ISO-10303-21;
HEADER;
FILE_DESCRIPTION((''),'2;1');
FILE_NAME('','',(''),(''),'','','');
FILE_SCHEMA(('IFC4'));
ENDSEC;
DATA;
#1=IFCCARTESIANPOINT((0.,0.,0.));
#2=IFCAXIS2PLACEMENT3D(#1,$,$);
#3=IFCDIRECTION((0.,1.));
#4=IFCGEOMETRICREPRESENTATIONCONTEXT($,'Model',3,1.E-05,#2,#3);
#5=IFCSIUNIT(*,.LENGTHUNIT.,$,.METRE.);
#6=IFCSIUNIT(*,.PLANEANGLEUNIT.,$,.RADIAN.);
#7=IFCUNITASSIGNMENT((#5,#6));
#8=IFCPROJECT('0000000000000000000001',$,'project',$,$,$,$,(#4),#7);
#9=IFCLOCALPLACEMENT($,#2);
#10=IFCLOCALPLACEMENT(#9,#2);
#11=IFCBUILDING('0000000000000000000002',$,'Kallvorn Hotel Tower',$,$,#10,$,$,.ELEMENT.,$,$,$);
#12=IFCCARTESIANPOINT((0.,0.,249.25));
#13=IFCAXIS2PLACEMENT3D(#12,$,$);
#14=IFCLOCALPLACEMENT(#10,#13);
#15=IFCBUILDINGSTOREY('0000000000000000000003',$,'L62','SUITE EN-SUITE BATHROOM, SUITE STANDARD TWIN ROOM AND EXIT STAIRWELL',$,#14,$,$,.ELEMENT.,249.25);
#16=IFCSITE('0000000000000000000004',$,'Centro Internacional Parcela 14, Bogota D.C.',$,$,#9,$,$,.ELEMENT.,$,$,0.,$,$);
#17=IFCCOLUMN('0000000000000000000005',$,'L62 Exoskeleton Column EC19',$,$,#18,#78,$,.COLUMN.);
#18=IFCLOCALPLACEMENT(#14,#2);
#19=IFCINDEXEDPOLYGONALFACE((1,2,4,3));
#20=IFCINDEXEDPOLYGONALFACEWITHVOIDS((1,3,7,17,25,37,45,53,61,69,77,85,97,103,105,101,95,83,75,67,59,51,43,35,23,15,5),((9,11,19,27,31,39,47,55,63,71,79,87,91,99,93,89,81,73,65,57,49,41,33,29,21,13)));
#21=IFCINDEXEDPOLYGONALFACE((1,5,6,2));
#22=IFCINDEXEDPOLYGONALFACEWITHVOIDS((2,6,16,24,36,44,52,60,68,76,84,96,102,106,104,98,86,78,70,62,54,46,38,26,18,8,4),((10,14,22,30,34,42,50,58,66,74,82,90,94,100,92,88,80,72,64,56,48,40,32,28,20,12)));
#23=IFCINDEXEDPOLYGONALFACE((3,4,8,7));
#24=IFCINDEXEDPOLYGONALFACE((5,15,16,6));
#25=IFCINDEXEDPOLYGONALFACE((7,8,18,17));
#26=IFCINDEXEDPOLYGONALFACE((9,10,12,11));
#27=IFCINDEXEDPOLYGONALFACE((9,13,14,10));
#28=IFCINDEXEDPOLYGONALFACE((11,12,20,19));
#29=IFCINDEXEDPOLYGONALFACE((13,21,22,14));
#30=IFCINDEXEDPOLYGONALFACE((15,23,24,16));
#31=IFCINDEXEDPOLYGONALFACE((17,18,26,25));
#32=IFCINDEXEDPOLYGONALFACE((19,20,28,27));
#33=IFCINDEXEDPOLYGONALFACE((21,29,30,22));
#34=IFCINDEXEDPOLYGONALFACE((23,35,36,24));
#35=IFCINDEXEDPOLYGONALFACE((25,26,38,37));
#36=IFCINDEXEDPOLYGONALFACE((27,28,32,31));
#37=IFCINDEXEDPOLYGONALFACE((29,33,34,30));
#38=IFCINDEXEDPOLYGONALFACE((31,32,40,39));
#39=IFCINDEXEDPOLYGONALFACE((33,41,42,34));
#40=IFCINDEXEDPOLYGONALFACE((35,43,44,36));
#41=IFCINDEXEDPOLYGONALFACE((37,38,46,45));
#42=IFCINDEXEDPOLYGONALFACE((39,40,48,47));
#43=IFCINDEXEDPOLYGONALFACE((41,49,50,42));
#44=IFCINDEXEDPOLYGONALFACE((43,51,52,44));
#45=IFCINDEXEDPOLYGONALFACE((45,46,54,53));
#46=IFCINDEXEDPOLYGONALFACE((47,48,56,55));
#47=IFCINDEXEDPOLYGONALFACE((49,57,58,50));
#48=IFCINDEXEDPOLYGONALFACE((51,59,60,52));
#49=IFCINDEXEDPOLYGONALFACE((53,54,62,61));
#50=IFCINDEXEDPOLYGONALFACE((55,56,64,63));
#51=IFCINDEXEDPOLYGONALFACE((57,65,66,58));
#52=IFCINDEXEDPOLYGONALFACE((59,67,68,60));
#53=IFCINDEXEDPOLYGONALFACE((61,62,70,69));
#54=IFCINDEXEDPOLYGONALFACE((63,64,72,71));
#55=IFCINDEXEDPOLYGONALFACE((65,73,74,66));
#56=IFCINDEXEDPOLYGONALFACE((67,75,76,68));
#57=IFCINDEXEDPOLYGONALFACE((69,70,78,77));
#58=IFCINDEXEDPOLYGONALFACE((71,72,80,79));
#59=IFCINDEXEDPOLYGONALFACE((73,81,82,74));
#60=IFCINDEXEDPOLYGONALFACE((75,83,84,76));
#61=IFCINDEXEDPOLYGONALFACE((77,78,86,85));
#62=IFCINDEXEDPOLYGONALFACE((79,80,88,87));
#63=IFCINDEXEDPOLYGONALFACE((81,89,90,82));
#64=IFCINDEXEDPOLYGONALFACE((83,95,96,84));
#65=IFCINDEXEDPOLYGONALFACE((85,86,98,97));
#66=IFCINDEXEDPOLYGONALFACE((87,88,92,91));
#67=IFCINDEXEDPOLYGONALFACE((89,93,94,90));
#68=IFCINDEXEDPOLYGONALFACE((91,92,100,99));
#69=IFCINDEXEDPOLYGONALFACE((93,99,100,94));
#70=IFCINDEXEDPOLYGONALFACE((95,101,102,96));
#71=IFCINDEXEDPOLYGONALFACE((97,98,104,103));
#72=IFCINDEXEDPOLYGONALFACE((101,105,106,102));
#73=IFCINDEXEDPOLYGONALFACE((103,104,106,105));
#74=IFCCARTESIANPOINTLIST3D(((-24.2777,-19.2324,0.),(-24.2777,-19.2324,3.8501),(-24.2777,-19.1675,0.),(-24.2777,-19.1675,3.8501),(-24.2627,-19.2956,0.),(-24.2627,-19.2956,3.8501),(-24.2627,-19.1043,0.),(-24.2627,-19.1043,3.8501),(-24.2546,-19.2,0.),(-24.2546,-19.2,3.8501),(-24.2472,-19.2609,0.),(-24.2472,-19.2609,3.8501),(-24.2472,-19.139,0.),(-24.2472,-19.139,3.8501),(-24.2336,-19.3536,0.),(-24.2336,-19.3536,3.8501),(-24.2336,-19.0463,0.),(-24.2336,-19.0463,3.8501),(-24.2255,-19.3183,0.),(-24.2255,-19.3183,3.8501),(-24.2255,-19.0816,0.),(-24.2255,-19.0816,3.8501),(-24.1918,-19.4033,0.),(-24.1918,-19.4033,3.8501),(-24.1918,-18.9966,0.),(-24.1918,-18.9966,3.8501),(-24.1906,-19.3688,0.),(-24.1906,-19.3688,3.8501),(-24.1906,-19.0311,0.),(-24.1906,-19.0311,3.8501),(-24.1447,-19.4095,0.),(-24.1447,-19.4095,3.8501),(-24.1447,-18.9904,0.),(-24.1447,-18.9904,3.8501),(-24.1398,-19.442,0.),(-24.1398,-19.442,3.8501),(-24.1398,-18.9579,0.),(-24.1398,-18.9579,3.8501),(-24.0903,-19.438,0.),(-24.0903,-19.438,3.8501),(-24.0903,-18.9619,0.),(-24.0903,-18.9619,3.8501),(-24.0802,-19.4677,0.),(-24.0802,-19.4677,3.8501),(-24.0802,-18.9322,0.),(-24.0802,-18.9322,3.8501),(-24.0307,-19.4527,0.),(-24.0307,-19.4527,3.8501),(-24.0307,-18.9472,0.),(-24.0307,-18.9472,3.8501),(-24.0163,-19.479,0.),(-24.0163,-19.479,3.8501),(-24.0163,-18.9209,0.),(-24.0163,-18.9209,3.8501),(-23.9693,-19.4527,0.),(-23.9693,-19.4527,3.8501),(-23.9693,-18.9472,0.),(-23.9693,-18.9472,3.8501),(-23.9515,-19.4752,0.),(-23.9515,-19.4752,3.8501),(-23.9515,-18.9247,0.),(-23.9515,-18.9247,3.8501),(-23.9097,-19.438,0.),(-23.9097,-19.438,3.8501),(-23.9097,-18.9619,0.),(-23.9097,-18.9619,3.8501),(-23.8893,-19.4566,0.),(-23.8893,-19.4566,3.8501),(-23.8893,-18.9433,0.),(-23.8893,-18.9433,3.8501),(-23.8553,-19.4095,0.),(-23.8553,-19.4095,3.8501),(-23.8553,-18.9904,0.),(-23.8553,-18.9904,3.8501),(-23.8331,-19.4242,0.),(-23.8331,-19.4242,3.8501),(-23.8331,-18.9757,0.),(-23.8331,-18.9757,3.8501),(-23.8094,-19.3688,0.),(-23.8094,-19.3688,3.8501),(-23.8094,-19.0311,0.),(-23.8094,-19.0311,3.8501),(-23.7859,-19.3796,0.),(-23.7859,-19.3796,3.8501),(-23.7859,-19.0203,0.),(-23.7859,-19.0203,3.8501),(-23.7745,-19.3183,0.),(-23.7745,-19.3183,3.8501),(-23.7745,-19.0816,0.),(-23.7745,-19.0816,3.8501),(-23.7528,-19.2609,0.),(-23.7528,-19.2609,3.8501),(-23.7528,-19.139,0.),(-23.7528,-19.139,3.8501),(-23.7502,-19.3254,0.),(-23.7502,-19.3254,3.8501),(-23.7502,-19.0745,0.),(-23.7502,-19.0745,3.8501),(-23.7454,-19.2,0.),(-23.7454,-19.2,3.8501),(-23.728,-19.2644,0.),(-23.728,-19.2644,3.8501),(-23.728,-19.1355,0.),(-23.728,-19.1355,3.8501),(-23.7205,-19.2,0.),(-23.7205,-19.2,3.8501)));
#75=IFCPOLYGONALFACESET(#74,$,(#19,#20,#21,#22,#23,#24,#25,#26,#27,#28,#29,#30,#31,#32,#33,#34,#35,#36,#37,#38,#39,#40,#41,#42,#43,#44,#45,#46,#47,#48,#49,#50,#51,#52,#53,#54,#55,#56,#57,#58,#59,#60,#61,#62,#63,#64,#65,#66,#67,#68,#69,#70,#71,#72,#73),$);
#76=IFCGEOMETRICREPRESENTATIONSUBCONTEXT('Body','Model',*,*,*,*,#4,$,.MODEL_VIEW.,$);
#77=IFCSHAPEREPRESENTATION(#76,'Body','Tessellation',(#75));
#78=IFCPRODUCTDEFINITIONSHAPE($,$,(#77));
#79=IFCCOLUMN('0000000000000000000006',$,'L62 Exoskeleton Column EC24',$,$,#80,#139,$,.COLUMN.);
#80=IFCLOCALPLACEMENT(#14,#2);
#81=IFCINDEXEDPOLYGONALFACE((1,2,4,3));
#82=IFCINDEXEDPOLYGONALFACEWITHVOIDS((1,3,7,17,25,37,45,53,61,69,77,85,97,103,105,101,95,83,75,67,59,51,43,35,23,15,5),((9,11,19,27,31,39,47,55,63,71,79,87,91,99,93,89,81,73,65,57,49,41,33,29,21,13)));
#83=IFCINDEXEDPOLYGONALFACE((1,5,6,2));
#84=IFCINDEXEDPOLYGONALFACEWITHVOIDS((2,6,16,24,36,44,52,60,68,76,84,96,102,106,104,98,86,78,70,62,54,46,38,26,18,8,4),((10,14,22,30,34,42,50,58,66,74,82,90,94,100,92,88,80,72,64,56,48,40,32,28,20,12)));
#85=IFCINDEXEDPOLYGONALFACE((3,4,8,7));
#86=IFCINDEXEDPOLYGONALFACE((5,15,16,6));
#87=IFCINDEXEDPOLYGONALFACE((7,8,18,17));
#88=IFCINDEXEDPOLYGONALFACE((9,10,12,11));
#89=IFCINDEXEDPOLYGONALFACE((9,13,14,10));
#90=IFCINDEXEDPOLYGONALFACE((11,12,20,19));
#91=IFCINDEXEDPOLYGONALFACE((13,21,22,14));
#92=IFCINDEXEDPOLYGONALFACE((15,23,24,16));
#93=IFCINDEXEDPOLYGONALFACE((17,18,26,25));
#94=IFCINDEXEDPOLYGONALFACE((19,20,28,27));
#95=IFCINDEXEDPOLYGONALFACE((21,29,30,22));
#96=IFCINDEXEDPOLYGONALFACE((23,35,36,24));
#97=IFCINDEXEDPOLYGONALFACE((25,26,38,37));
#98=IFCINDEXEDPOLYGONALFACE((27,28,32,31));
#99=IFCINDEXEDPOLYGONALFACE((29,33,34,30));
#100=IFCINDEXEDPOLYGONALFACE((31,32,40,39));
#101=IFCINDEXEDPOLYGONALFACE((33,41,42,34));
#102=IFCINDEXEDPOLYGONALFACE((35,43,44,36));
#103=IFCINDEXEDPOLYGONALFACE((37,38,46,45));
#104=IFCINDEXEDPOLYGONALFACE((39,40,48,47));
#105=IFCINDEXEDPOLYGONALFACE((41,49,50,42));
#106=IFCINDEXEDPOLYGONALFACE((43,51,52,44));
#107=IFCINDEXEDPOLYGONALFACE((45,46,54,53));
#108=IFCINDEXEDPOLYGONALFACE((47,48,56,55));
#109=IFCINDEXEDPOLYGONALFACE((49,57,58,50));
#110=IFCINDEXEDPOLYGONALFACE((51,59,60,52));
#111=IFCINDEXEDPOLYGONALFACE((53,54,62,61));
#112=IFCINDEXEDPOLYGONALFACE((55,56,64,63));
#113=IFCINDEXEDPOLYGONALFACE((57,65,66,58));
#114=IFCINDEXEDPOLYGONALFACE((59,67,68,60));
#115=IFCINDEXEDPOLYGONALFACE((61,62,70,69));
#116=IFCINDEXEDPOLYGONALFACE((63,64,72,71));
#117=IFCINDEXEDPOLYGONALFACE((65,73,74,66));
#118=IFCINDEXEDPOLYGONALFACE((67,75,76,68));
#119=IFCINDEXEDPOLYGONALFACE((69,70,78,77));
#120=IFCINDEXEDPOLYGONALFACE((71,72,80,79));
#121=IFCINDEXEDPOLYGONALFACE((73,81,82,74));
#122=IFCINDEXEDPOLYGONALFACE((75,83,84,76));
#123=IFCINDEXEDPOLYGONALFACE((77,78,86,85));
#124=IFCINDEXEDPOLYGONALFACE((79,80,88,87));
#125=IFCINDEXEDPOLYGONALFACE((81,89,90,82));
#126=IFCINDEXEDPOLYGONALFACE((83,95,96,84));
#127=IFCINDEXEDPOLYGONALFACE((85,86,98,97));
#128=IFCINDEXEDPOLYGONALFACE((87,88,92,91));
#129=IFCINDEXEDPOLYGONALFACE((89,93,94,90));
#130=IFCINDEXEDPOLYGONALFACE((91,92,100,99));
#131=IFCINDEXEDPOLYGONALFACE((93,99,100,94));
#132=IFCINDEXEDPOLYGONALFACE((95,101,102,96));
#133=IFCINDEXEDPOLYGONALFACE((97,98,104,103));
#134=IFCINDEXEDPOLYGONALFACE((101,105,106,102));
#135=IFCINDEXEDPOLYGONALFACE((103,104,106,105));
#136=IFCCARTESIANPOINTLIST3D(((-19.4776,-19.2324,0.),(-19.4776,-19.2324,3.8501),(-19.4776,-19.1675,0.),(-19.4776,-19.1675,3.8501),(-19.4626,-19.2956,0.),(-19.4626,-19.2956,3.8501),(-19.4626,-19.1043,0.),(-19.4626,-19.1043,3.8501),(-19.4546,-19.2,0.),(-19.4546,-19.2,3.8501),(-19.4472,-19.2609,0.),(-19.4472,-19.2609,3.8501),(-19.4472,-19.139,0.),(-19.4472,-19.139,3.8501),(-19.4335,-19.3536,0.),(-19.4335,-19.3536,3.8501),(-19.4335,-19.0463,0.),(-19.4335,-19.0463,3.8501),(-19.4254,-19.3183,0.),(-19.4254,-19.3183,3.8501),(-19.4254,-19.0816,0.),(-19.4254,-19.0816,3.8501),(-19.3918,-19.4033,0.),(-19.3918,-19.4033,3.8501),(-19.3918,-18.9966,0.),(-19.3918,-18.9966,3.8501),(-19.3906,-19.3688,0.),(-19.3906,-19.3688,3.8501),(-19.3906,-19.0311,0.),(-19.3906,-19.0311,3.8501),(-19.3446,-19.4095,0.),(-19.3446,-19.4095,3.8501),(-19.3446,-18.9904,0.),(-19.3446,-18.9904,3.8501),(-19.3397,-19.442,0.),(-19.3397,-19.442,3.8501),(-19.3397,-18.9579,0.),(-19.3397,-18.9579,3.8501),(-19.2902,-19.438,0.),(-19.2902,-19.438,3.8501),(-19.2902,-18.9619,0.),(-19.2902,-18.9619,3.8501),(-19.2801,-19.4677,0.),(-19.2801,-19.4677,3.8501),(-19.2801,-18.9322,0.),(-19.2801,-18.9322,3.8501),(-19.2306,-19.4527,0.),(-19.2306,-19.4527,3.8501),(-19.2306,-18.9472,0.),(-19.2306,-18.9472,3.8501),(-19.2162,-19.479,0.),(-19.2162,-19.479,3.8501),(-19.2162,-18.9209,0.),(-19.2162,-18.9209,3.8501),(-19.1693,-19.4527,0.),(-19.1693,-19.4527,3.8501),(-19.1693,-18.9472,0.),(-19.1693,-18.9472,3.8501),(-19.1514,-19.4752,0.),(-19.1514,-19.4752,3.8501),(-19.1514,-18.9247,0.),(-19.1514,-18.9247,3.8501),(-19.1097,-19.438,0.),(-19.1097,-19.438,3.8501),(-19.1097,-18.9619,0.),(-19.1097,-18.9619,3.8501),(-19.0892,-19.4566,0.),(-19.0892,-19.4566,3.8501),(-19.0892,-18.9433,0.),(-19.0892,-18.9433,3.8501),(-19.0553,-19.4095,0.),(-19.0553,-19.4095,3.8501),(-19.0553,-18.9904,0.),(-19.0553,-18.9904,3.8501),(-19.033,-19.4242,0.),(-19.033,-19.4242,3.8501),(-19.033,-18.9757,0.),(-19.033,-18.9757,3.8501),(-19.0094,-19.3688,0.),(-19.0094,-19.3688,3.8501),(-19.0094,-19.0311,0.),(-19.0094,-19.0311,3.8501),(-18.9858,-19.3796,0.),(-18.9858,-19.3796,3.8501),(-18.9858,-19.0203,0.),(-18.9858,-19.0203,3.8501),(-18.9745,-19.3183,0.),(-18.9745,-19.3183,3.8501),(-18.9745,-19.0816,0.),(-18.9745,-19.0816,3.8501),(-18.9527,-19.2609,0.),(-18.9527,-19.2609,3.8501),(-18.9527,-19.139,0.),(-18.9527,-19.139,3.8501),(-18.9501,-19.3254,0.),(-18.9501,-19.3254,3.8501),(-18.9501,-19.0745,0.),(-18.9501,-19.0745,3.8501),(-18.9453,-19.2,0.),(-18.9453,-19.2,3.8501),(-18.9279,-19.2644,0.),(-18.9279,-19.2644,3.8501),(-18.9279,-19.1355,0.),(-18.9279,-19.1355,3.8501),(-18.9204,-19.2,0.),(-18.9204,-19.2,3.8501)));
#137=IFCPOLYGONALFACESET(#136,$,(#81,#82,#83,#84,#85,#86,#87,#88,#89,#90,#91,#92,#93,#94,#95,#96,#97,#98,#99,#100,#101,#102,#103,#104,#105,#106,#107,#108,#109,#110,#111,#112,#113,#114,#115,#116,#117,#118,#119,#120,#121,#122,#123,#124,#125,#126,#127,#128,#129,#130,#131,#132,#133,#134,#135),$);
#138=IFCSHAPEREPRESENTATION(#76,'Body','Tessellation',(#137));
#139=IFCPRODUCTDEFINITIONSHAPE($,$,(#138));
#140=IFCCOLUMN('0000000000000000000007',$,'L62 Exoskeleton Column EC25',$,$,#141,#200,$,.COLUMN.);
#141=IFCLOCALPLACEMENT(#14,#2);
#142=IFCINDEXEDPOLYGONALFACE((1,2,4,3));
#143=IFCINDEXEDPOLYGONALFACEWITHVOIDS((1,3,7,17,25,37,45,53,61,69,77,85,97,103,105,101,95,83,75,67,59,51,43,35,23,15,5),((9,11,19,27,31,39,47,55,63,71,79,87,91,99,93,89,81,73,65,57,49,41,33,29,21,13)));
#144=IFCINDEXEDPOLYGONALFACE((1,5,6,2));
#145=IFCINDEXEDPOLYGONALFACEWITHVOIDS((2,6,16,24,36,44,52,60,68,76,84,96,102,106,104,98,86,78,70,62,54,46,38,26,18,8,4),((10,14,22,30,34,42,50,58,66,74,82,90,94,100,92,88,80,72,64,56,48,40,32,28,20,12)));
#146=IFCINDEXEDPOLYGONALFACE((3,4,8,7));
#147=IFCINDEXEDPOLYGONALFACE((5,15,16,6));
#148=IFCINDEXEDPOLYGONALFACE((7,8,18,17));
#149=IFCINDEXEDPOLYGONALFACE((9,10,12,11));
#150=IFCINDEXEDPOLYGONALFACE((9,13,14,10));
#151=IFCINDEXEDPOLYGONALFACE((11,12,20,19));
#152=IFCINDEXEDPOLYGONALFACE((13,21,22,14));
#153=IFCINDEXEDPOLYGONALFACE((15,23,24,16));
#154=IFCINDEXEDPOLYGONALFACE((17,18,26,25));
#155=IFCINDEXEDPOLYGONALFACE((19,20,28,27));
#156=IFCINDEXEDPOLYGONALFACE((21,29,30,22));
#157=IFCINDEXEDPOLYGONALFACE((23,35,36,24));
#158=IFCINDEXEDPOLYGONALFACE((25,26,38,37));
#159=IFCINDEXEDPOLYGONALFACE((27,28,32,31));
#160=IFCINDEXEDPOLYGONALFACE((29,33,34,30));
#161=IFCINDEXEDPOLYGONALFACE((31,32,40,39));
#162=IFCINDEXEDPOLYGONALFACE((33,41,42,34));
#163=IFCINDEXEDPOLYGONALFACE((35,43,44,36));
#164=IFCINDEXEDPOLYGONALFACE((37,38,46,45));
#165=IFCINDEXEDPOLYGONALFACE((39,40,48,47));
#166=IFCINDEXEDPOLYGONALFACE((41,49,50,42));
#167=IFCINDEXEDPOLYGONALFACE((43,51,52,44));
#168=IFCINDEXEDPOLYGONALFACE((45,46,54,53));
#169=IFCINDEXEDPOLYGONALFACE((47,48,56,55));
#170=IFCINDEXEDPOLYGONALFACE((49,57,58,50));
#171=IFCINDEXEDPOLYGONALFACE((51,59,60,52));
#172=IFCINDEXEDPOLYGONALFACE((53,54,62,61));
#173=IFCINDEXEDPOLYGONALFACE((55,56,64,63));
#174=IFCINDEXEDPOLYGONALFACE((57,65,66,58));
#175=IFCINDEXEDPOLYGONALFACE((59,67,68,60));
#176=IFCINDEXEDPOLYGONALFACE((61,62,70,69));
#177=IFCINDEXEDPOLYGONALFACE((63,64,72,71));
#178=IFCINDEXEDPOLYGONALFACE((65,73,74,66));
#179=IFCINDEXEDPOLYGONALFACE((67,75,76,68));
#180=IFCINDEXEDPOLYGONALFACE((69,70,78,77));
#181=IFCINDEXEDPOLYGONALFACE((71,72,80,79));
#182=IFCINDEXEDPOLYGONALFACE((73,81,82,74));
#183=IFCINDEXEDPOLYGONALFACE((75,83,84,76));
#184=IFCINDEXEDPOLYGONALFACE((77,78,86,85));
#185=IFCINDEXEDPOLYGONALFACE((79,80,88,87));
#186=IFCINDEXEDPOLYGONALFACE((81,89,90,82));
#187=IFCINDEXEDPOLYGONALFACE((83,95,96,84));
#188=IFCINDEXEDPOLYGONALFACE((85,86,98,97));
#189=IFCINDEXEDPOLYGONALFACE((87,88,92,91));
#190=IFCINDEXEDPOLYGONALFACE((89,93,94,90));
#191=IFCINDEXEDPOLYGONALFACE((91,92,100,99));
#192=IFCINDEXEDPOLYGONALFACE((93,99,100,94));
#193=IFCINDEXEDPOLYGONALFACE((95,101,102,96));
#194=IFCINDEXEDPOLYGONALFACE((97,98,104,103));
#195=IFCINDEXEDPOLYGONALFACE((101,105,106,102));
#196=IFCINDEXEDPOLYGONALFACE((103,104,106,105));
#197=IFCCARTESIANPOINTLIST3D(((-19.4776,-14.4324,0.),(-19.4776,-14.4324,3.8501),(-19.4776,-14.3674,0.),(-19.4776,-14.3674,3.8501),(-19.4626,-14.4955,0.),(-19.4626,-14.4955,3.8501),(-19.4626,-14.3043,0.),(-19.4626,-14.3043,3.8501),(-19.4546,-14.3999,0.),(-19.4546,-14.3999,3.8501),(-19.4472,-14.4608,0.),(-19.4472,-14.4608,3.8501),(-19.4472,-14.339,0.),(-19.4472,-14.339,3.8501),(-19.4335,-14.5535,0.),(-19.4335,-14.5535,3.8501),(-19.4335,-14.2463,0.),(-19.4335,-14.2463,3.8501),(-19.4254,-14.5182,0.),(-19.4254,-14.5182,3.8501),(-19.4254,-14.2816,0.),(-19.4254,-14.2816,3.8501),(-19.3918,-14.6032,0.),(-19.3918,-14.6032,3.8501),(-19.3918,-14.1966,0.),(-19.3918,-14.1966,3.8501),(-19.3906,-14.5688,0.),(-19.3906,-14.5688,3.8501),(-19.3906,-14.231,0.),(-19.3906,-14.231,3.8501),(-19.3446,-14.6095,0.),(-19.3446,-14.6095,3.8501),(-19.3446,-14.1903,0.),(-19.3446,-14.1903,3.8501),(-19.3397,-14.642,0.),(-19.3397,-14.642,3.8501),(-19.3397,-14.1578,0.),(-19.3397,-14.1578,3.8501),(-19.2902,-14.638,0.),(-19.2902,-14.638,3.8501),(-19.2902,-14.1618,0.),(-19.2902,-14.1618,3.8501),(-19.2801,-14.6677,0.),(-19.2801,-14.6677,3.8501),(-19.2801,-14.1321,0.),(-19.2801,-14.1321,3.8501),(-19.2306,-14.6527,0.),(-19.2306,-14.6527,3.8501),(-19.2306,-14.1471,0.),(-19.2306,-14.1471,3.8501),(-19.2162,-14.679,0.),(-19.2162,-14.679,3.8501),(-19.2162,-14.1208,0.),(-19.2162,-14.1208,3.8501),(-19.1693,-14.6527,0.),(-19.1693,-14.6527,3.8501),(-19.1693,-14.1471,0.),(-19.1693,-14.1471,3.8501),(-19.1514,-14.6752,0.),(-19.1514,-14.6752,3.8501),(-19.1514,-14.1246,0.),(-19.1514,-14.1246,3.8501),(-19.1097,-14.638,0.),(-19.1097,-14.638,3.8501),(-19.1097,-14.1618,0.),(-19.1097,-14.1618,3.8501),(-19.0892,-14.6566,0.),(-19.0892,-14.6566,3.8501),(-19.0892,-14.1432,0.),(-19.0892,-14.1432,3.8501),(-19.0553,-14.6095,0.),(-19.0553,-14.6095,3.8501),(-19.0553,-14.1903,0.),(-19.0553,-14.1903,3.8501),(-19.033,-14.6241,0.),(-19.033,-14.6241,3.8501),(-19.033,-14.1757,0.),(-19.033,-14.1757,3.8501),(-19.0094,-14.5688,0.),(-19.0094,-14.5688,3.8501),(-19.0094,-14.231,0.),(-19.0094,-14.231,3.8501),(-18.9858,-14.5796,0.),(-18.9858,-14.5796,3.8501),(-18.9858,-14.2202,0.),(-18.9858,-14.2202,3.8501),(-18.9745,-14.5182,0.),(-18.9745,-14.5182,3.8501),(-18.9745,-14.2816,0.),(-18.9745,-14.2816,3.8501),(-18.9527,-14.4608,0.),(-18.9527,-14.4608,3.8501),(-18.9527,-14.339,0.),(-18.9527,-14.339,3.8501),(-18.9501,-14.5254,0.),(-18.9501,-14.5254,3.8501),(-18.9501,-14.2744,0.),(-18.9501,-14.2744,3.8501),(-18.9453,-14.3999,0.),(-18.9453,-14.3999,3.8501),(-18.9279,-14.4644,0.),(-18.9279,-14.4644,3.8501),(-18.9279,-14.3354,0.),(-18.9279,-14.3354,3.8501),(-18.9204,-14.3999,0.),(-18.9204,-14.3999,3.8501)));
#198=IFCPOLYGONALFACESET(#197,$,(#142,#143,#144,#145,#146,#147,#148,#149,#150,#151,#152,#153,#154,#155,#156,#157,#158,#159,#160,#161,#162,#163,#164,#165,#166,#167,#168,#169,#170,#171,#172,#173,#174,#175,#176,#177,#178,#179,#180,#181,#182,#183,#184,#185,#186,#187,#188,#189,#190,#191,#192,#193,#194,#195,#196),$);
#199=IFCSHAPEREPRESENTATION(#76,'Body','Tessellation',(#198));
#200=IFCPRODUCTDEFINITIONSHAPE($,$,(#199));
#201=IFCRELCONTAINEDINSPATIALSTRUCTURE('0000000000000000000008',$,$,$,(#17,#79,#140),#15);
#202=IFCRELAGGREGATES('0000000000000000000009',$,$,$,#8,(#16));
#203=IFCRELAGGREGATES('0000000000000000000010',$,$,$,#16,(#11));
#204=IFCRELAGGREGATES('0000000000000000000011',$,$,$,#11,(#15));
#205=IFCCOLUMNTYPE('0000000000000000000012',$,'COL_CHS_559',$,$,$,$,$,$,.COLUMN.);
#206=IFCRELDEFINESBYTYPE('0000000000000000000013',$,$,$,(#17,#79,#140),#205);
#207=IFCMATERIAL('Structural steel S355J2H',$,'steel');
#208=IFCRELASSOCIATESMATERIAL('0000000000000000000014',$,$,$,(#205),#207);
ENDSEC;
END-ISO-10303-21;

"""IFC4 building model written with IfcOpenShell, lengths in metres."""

from ifc_helpers import new_model, si_unit, direction, frame, origin, origin_2d, place, context, subcontext, project, spatial, hollow_circle, extrude, material, material_profile, profile_set, type_object, element, save


model = new_model("IFC4")

# Units and contexts
model_context = context("Model", 3, precision=1e-05, world=origin(), true_north=direction((0.0, 1.0)))
body_context = subcontext(model_context, "Body", "Model", "MODEL_VIEW")
ifc_project = project(units=[si_unit("LENGTHUNIT", "METRE"), si_unit("PLANEANGLEUNIT", "RADIAN")], contexts=[model_context])

# Site, building, storey
site_placement = place(None, origin())
site = spatial("IfcSite", under=ifc_project, at=site_placement, Name="Centro Internacional Parcela 14, Bogota D.C.", CompositionType="ELEMENT", RefElevation=0.0)
building_placement = place(site_placement, origin())
building = spatial("IfcBuilding", under=site, at=building_placement, Name="Kallvorn Hotel Tower", CompositionType="ELEMENT")
storey_placement = place(building_placement, frame((0.0, 0.0, 249.25)))
storey = spatial("IfcBuildingStorey", under=building, at=storey_placement, Name="L62", Description="SUITE EN-SUITE BATHROOM, SUITE STANDARD TWIN ROOM AND EXIT STAIRWELL", CompositionType="ELEMENT", Elevation=249.25)

# Columns
ifc_material_1 = material(Name="Structural steel S355J2H", Category="steel")
ifc_material_profile_1 = material_profile(ifc_material_1, hollow_circle(Radius=0.2795, WallThickness=0.0249, at=origin_2d()), Name="CHS 559x25")
ifc_profile_set_1 = profile_set([ifc_material_profile_1], Name="Structural steel S355J2H")
column_type_1 = type_object("IfcColumnType", Name="COL_CHS_559", PredefinedType="COLUMN", material=ifc_profile_set_1)
for number, where, z_axis, x_axis, name in (
    (1, (-24.0, -19.2, 0.0), (0.0, 0.0, 1.0), (1.0, 0.0, 0.0), "L62 Exoskeleton Column EC19"),
    (2, (-19.2, -19.2, 0.0), (0.0, 0.0, 1.0), (1.0, 0.0, 0.0), "L62 Exoskeleton Column EC24"),
    (3, (-19.2, -14.3999, 0.0), (0.0, 0.0, 1.0), (1.0, 0.0, 0.0), "L62 Exoskeleton Column EC25"),
):
    element("IfcColumn", number, at=place(storey_placement, frame(where, z_axis=z_axis, x_axis=x_axis)), inside=storey, type_object=column_type_1, Name=name, PredefinedType="COLUMN", context=body_context, shape_type="SweptSolid", body=[
        extrude(hollow_circle(Radius=0.2795, WallThickness=0.0249, at=origin_2d()), origin(), (0.0, 0.0, 1.0), 3.8501),
    ])

save(model, "model.ifc")
